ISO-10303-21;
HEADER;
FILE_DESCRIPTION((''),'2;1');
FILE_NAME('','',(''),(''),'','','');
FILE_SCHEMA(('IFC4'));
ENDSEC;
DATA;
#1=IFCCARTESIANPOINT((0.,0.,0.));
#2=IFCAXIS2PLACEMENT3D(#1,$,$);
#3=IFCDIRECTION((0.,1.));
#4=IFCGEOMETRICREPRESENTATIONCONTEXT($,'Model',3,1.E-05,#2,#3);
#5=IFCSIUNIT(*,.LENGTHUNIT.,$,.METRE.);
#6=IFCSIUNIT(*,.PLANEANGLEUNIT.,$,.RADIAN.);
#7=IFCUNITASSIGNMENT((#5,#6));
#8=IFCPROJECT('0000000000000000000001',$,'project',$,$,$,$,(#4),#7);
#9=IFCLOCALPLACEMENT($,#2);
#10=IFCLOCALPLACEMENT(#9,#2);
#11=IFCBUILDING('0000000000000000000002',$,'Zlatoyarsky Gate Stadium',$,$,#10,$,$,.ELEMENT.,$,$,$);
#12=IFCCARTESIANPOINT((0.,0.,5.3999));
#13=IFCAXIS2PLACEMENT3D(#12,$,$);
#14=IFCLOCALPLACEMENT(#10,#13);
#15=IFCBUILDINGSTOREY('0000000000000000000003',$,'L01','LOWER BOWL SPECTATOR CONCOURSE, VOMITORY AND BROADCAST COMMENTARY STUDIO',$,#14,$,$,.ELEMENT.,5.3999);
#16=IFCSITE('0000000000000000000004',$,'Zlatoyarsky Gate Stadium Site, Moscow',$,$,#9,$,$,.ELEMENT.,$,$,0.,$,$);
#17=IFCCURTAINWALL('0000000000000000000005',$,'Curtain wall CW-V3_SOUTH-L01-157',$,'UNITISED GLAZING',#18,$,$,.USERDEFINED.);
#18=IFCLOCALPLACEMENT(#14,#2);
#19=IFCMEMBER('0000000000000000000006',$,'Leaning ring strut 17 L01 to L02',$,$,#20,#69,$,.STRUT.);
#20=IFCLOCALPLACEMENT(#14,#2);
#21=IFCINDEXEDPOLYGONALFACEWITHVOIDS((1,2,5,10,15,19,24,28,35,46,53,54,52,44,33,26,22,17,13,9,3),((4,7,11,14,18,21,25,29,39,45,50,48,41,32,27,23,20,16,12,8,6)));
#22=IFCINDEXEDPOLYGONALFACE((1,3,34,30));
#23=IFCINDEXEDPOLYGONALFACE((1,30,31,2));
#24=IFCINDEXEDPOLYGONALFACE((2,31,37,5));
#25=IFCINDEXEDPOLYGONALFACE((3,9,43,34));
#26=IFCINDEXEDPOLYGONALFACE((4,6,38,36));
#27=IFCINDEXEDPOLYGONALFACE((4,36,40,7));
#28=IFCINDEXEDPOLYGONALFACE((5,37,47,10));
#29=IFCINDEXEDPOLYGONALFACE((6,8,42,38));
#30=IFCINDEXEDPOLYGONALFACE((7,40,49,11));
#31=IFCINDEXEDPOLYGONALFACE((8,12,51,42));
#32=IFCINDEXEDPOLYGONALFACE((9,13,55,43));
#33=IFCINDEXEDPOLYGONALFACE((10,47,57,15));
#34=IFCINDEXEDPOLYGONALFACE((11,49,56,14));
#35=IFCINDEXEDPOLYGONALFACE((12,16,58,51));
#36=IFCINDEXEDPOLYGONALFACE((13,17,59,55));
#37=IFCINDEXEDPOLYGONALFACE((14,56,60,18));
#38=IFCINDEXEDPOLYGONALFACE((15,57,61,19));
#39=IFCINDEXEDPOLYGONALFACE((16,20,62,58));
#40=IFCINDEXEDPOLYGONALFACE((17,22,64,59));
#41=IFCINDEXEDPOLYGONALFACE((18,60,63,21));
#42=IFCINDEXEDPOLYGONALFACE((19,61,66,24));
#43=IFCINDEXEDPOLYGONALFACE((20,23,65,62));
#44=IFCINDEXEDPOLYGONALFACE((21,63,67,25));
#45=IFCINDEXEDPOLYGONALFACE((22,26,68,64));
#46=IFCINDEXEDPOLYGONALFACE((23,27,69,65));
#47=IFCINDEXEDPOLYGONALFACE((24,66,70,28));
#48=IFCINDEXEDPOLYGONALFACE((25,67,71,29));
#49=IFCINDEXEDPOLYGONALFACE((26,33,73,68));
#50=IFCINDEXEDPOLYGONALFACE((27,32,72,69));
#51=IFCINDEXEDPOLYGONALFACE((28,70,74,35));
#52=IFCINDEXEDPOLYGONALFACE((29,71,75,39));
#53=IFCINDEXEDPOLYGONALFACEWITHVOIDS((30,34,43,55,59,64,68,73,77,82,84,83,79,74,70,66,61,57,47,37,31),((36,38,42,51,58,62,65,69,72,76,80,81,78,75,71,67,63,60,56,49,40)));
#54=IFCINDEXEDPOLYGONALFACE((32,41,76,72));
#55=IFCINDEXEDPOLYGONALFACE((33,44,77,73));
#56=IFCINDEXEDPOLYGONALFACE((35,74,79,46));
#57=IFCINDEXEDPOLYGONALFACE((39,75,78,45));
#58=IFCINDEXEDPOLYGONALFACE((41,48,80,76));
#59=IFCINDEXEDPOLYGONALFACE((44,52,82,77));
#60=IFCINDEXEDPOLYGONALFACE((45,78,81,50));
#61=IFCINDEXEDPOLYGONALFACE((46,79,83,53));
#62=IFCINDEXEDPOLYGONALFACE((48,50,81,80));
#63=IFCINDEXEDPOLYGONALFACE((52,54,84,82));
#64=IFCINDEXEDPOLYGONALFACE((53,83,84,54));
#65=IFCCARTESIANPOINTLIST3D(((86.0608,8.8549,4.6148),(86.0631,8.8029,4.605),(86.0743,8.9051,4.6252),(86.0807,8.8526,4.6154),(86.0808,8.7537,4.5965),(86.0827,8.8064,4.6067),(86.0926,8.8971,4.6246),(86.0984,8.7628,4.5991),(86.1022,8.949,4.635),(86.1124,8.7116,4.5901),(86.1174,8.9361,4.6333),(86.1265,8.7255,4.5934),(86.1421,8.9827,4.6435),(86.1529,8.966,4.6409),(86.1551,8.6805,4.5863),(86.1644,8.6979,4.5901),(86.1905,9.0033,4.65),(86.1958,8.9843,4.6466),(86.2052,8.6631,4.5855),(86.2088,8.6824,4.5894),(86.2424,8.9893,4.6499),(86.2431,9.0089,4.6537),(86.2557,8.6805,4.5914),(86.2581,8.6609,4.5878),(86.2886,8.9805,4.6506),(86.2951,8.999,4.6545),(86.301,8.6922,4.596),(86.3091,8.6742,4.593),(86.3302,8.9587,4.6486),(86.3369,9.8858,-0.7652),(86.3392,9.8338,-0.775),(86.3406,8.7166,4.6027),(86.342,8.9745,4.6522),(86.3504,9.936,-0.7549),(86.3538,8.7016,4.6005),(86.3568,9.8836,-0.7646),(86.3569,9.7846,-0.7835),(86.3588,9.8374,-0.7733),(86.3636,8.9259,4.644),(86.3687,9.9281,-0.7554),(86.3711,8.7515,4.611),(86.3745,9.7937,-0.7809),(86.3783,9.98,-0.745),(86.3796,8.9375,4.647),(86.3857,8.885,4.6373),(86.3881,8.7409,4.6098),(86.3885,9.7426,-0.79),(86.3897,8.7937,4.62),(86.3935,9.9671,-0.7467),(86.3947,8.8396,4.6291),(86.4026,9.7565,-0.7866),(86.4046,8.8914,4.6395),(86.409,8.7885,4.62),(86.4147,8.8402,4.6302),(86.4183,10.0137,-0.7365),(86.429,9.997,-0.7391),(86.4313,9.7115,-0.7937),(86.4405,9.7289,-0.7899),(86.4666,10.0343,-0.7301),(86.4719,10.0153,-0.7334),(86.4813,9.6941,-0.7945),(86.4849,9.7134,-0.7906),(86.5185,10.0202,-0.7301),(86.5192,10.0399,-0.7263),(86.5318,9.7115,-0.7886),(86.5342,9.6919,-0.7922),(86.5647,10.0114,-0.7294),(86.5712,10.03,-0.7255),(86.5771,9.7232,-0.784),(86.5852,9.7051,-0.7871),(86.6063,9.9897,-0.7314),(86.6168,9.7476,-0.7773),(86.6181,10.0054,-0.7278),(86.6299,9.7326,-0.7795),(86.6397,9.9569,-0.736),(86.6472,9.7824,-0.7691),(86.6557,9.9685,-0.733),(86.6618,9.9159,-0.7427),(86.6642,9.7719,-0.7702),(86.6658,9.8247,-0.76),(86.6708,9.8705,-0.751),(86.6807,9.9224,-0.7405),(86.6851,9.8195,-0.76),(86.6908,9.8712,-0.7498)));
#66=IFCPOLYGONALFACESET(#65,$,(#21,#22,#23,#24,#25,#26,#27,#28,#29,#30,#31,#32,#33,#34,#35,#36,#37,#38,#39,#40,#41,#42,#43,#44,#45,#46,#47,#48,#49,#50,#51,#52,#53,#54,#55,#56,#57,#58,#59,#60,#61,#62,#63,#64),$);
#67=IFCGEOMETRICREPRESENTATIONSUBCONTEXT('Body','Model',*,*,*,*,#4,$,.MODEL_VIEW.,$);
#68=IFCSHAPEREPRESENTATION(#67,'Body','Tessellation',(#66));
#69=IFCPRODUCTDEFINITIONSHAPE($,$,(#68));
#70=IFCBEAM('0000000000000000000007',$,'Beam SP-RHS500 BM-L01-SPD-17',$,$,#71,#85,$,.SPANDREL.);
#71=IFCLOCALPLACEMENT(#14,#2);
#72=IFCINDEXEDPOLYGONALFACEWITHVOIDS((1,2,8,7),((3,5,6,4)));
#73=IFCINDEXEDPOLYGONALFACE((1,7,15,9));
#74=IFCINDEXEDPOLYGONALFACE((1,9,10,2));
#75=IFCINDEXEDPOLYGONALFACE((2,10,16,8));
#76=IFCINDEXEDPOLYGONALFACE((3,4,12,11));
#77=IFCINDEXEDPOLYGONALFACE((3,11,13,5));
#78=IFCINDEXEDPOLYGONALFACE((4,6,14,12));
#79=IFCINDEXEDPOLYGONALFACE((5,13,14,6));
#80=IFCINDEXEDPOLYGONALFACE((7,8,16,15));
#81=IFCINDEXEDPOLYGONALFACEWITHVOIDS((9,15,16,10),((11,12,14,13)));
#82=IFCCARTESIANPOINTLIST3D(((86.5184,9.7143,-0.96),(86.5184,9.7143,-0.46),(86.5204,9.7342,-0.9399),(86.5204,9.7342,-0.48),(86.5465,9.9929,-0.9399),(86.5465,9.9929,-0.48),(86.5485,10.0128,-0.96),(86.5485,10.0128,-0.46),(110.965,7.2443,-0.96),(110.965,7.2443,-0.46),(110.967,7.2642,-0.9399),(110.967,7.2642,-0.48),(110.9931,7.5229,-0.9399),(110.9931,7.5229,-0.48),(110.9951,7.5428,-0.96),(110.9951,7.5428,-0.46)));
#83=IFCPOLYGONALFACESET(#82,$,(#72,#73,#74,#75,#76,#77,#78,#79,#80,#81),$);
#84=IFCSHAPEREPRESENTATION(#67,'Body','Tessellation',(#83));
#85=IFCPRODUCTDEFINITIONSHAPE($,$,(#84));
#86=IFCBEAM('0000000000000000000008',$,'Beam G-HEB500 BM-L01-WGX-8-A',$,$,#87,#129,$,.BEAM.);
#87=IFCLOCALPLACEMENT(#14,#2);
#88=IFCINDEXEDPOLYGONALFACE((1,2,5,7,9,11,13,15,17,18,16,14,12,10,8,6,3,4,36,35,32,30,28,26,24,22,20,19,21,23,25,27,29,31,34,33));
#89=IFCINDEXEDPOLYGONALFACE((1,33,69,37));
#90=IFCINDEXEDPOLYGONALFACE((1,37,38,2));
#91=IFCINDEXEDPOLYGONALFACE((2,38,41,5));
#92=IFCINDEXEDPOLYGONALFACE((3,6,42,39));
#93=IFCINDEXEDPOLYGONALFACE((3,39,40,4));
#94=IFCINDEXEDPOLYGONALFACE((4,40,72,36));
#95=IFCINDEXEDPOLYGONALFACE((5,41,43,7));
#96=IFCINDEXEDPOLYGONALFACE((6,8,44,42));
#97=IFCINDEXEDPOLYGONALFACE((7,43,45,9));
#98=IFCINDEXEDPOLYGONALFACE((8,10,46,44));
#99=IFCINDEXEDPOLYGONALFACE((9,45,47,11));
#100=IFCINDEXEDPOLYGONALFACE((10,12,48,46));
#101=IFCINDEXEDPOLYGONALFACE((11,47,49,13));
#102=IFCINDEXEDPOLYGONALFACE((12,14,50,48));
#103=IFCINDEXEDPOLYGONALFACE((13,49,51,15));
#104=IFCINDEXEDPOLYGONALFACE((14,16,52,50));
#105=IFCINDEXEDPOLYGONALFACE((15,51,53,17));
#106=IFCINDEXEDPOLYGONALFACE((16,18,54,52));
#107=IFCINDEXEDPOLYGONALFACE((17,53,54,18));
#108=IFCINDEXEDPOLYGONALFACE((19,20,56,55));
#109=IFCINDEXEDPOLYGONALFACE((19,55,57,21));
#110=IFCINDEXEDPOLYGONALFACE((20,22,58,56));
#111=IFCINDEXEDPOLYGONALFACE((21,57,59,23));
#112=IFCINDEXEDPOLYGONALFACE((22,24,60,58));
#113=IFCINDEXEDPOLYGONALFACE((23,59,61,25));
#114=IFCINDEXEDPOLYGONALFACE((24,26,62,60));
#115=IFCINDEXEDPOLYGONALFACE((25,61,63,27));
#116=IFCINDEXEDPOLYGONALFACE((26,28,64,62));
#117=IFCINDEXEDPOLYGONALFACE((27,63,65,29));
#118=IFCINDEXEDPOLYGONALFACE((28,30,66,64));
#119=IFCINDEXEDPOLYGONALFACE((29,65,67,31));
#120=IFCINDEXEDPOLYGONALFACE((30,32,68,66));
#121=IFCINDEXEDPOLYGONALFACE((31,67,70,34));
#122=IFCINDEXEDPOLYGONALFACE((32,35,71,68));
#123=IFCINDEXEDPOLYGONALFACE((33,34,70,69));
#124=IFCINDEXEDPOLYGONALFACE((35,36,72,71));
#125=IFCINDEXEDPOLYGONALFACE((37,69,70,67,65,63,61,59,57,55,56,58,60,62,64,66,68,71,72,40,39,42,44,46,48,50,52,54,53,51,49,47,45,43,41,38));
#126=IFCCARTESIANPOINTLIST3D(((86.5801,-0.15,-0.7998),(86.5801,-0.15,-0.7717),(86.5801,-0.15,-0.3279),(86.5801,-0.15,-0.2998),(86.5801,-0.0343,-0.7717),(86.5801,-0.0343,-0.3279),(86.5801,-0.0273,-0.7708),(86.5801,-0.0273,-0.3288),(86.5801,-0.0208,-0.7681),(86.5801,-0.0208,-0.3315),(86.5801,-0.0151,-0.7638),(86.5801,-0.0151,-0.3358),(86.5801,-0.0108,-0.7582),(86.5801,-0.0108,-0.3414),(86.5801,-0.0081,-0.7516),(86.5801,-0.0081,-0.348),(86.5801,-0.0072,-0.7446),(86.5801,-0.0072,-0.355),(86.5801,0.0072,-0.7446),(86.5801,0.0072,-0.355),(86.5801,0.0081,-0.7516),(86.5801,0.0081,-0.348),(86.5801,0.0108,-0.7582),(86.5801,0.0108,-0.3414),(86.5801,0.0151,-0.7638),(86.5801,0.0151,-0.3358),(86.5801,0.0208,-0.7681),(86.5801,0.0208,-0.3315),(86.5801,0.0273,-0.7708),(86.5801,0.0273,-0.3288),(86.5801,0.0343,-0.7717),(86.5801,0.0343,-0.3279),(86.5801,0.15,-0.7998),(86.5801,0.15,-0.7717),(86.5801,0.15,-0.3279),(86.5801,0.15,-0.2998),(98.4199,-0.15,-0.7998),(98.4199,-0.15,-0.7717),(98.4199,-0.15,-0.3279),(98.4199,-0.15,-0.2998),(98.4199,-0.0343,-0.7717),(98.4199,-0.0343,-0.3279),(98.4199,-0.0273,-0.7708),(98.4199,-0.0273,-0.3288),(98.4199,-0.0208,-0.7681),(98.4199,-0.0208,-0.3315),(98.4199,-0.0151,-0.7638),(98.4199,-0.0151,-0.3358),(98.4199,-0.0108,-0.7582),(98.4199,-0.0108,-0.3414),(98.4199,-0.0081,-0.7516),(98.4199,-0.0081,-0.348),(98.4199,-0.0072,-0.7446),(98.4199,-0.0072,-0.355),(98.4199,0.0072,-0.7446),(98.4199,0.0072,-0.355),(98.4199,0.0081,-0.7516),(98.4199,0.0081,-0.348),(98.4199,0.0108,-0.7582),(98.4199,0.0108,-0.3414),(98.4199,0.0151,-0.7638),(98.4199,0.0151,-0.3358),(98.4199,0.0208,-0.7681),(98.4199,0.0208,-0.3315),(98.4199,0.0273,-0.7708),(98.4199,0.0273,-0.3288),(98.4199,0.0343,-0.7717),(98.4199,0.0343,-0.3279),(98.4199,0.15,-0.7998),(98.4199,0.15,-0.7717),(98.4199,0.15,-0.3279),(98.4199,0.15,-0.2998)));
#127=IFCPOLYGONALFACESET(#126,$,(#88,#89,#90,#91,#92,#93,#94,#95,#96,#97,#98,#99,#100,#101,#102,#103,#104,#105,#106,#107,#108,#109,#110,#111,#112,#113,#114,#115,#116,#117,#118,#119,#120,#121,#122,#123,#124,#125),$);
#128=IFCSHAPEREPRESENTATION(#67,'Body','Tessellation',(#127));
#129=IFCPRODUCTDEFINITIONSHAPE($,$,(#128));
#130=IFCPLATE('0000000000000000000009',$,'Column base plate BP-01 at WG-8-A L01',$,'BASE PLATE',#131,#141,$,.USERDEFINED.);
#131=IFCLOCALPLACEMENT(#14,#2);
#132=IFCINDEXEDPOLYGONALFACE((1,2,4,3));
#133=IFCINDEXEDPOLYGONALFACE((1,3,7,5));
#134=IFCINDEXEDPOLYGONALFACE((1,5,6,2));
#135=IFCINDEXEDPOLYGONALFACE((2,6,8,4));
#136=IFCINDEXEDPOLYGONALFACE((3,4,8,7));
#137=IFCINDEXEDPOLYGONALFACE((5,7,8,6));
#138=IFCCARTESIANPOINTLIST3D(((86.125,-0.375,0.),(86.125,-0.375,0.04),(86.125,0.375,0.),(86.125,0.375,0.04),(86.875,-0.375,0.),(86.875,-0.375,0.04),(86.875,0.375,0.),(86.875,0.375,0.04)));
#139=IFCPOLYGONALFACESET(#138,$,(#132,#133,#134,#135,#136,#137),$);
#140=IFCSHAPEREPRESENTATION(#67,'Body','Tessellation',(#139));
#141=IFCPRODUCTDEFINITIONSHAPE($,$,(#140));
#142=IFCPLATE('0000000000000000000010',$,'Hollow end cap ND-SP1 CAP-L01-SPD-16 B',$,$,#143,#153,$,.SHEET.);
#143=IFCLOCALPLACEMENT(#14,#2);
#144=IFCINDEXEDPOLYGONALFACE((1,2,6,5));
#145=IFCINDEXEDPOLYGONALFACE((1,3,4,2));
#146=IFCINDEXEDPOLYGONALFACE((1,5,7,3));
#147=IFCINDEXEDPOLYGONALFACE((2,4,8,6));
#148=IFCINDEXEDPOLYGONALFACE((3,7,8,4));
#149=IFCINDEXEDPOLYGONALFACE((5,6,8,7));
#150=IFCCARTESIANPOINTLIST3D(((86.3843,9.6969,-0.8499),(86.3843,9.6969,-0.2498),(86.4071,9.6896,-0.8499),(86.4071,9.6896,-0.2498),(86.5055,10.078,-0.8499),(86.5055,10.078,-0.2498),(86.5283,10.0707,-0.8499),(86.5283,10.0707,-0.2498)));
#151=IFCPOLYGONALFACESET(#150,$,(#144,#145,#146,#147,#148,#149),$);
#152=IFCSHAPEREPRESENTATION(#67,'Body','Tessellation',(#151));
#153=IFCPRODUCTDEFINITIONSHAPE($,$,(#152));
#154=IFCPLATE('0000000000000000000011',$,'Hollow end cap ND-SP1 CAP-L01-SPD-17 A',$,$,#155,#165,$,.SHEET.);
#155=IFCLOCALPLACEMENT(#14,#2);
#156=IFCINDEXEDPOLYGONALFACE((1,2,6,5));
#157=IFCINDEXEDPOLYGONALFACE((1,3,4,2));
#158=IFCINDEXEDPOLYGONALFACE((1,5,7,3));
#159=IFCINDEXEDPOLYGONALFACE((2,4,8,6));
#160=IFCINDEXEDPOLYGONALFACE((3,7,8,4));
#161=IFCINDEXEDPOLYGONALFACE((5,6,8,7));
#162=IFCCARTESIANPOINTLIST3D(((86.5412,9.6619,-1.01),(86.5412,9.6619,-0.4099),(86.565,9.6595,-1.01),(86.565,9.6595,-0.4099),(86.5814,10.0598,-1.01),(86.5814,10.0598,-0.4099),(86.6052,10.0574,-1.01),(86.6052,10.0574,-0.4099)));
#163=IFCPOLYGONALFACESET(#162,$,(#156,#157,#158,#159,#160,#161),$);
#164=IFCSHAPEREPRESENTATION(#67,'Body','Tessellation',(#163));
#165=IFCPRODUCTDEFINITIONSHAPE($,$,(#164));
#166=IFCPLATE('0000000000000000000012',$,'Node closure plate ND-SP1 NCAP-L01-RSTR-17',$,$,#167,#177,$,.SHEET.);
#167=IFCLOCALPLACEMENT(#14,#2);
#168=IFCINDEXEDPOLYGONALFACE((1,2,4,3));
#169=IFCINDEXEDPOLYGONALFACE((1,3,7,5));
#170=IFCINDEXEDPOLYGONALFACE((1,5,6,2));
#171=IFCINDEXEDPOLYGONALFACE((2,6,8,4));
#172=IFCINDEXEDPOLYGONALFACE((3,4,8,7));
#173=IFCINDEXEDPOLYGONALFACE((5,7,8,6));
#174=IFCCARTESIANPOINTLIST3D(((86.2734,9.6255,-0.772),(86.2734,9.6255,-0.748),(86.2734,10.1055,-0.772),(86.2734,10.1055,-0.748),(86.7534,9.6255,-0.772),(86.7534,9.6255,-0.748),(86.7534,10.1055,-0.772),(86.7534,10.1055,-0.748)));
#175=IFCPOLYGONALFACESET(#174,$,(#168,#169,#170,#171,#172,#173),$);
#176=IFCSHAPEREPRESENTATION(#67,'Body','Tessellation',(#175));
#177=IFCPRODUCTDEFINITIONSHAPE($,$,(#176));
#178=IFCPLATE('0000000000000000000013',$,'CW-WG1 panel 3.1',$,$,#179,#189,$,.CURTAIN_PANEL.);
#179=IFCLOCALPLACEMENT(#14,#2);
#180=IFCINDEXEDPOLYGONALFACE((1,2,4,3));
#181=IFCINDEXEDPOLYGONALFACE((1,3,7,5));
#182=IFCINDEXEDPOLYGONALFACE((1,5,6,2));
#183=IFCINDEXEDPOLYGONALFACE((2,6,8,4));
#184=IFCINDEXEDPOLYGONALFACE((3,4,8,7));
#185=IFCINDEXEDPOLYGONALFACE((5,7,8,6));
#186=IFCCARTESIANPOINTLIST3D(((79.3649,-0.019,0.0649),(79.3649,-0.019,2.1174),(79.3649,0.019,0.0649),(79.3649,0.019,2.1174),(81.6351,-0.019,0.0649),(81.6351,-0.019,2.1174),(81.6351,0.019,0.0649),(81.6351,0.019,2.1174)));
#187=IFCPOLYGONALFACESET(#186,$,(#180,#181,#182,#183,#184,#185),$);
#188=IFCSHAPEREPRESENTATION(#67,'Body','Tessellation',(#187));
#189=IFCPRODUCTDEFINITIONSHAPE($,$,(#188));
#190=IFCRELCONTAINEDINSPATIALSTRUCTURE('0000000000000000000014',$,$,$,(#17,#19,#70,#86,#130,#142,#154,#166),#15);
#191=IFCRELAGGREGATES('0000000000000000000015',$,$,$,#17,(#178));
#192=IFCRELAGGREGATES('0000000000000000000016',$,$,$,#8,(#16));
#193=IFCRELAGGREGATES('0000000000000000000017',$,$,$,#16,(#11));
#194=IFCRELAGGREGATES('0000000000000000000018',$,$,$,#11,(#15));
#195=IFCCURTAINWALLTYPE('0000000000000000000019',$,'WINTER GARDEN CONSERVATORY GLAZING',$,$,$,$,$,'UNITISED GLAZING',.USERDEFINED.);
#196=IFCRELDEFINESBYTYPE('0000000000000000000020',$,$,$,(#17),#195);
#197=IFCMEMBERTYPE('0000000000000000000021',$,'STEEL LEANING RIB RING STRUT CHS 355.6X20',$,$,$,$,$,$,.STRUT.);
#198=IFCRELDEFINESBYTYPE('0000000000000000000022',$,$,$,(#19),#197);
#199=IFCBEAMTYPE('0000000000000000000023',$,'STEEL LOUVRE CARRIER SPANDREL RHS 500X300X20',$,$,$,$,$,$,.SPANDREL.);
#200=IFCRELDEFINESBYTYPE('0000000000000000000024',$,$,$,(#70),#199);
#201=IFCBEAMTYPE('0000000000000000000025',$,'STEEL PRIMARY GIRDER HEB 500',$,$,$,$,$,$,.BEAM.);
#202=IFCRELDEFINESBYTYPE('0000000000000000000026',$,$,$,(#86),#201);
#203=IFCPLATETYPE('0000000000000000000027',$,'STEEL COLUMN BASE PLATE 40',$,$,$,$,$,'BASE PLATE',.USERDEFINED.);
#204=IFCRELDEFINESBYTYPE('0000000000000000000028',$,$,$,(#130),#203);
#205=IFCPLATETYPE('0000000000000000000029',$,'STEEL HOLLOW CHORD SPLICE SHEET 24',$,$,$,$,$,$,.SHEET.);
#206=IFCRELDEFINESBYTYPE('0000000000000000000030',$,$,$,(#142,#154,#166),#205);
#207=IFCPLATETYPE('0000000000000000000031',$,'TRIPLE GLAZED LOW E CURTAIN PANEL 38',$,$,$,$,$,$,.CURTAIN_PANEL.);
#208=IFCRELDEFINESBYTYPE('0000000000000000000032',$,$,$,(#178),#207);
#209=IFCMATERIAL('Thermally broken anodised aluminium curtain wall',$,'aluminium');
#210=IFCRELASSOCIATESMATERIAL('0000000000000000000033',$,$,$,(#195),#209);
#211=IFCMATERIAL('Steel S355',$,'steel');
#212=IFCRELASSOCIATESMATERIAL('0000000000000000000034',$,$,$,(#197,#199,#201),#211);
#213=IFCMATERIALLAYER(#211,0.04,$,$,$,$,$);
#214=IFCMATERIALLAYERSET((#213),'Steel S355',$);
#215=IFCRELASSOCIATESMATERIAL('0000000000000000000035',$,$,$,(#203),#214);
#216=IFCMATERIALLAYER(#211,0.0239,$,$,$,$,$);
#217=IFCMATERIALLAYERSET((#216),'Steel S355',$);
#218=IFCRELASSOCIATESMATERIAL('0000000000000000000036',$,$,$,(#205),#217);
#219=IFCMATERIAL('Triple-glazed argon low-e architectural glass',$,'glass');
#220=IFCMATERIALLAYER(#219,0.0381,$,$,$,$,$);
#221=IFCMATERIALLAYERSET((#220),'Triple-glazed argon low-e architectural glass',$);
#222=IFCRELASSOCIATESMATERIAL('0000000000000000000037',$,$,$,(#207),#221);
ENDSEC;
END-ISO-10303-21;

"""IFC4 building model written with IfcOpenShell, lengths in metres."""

from ifc_helpers import new_model, si_unit, direction, frame, origin, origin_2d, place, context, subcontext, project, spatial, rectangle, hollow_rectangle, hollow_circle, i_section, extrude, material, layer, layer_set, material_profile, profile_set, type_object, element, aggregate, save


model = new_model("IFC4")

# Units and contexts
model_context = context("Model", 3, precision=1e-05, world=origin(), true_north=direction((0.0, 1.0)))
body_context = subcontext(model_context, "Body", "Model", "MODEL_VIEW")
ifc_project = project(units=[si_unit("LENGTHUNIT", "METRE"), si_unit("PLANEANGLEUNIT", "RADIAN")], contexts=[model_context])

# Site, building, storey
site_placement = place(None, origin())
site = spatial("IfcSite", under=ifc_project, at=site_placement, Name="Zlatoyarsky Gate Stadium Site, Moscow", CompositionType="ELEMENT", RefElevation=0.0)
building_placement = place(site_placement, origin())
building = spatial("IfcBuilding", under=site, at=building_placement, Name="Zlatoyarsky Gate Stadium", CompositionType="ELEMENT")
storey_placement = place(building_placement, frame((0.0, 0.0, 5.3999)))
storey = spatial("IfcBuildingStorey", under=building, at=storey_placement, Name="L01", Description="LOWER BOWL SPECTATOR CONCOURSE, VOMITORY AND BROADCAST COMMENTARY STUDIO", CompositionType="ELEMENT", Elevation=5.3999)

# Shared definitions
ifc_material_1 = material(Name="Steel S355", Category="steel")

# Curtain wall
ifc_material_2 = material(Name="Thermally broken anodised aluminium curtain wall", Category="aluminium")
curtain_wall_type_1 = type_object("IfcCurtainWallType", Name="WINTER GARDEN CONSERVATORY GLAZING", ElementType="UNITISED GLAZING", PredefinedType="USERDEFINED", material=ifc_material_2)
curtain_wall_1_placement = place(storey_placement, origin())
curtain_wall_1 = element("IfcCurtainWall", 1, at=curtain_wall_1_placement, inside=storey, type_object=curtain_wall_type_1, Name="Curtain wall CW-V3_SOUTH-L01-157", ObjectType="UNITISED GLAZING", PredefinedType="USERDEFINED")

# Member
ifc_material_profile_1 = material_profile(ifc_material_1, hollow_circle(Radius=0.1777, WallThickness=0.02, at=origin_2d()), Name="CHS 355.6X20")
ifc_profile_set_1 = profile_set([ifc_material_profile_1], Name="Steel S355")
member_type_1 = type_object("IfcMemberType", Name="STEEL LEANING RIB RING STRUT CHS 355.6X20", PredefinedType="STRUT", material=ifc_profile_set_1)
member_1_placement = place(storey_placement, frame((86.5134, 9.8655, -0.76), z_axis=(-0.050342, -0.187969, 0.980884), x_axis=(0.965957, -0.258702, 0.0)))
element("IfcMember", 2, at=member_1_placement, inside=storey, type_object=member_type_1, Name="Leaning ring strut 17 L01 to L02", PredefinedType="STRUT", context=body_context, shape_type="SweptSolid", body=[
    extrude(hollow_circle(Radius=0.1777, WallThickness=0.02, at=origin_2d()), origin(), (0.0, 0.0, 1.0), 5.4849),
])

# Beams
ifc_material_profile_2 = material_profile(ifc_material_1, hollow_rectangle(XDim=0.3, YDim=0.5, WallThickness=0.02, at=origin_2d()), Name="RHS 500X300X20")
ifc_profile_set_2 = profile_set([ifc_material_profile_2], Name="Steel S355")
beam_type_1 = type_object("IfcBeamType", Name="STEEL LOUVRE CARRIER SPANDREL RHS 500X300X20", PredefinedType="SPANDREL", material=ifc_profile_set_2)
beam_1_placement = place(storey_placement, frame((86.5334, 9.8635, -0.71), z_axis=(0.994935, -0.100524, 0.0), x_axis=(0.100524, 0.994935, 0.0)))
element("IfcBeam", 3, at=beam_1_placement, inside=storey, type_object=beam_type_1, Name="Beam SP-RHS500 BM-L01-SPD-17", PredefinedType="SPANDREL", context=body_context, shape_type="SweptSolid", body=[
    extrude(hollow_rectangle(XDim=0.3, YDim=0.5, WallThickness=0.02, at=origin_2d()), origin(), (0.0, 0.0, 1.0), 24.571),
])
ifc_material_profile_3 = material_profile(ifc_material_1, i_section(OverallWidth=0.3, OverallDepth=0.5, WebThickness=0.0144, FlangeThickness=0.0281, FilletRadius=0.0271, at=origin_2d()), Name="HEB 500")
ifc_profile_set_3 = profile_set([ifc_material_profile_3], Name="Steel S355")
beam_type_2 = type_object("IfcBeamType", Name="STEEL PRIMARY GIRDER HEB 500", PredefinedType="BEAM", material=ifc_profile_set_3)
beam_2_placement = place(storey_placement, frame((86.5801, 0.0, -0.5498), z_axis=(1.0, 0.0, 0.0), x_axis=(0.0, 1.0, 0.0)))
element("IfcBeam", 4, at=beam_2_placement, inside=storey, type_object=beam_type_2, Name="Beam G-HEB500 BM-L01-WGX-8-A", PredefinedType="BEAM", context=body_context, shape_type="SweptSolid", body=[
    extrude(i_section(OverallWidth=0.3, OverallDepth=0.5, WebThickness=0.0144, FlangeThickness=0.0281, FilletRadius=0.0271, at=origin_2d()), origin(), (0.0, 0.0, 1.0), 11.8398),
])

# Plates
ifc_layer_1 = layer(ifc_material_1, 0.04)
ifc_layer_set_1 = layer_set([ifc_layer_1], Name="Steel S355")
plate_type_1 = type_object("IfcPlateType", Name="STEEL COLUMN BASE PLATE 40", ElementType="BASE PLATE", PredefinedType="USERDEFINED", material=ifc_layer_set_1)
plate_1_placement = place(storey_placement, frame((86.5, 0.0, 0.0), z_axis=(0.0, 0.0, 1.0), x_axis=(1.0, 0.0, 0.0)))
element("IfcPlate", 5, at=plate_1_placement, inside=storey, type_object=plate_type_1, Name="Column base plate BP-01 at WG-8-A L01", ObjectType="BASE PLATE", PredefinedType="USERDEFINED", context=body_context, shape_type="SweptSolid", body=[
    extrude(rectangle(XDim=0.75, YDim=0.75, at=origin_2d()), origin(), (0.0, 0.0, 1.0), 0.04),
])
ifc_layer_2 = layer(ifc_material_1, 0.0239)
ifc_layer_set_2 = layer_set([ifc_layer_2], Name="Steel S355")
plate_type_2 = type_object("IfcPlateType", Name="STEEL HOLLOW CHORD SPLICE SHEET 24", PredefinedType="SHEET", material=ifc_layer_set_2)
for number, where, z_axis, x_axis, name in (
    (6, (86.4563, 9.8838, -0.8499), (0.0, 0.0, 1.0), (0.953006, -0.302953, 0.0), "Hollow end cap ND-SP1 CAP-L01-SPD-16 B"),
    (7, (86.5732, 9.8596, -1.01), (0.0, 0.0, 1.0), (0.994934, -0.100528, 0.0), "Hollow end cap ND-SP1 CAP-L01-SPD-17 A"),
):
    element("IfcPlate", number, at=place(storey_placement, frame(where, z_axis=z_axis, x_axis=x_axis)), inside=storey, type_object=plate_type_2, Name=name, PredefinedType="SHEET", context=body_context, shape_type="SweptSolid", body=[
        extrude(rectangle(XDim=0.0239, YDim=0.3999, at=origin_2d()), origin(), (0.0, 0.0, 1.0), 0.6001),
    ])
plate_2_placement = place(storey_placement, frame((86.5134, 9.8655, -0.772), z_axis=(0.0, 0.0, 1.0), x_axis=(1.0, 0.0, 0.0)))
element("IfcPlate", 8, at=plate_2_placement, inside=storey, type_object=plate_type_2, Name="Node closure plate ND-SP1 NCAP-L01-RSTR-17", PredefinedType="SHEET", context=body_context, shape_type="SweptSolid", body=[
    extrude(rectangle(XDim=0.48, YDim=0.48, at=origin_2d()), origin(), (0.0, 0.0, 1.0), 0.0239),
])

# Plate
ifc_material_3 = material(Name="Triple-glazed argon low-e architectural glass", Category="glass")
ifc_layer_3 = layer(ifc_material_3, 0.0381)
ifc_layer_set_3 = layer_set([ifc_layer_3], Name="Triple-glazed argon low-e architectural glass")
plate_type_3 = type_object("IfcPlateType", Name="TRIPLE GLAZED LOW E CURTAIN PANEL 38", PredefinedType="CURTAIN_PANEL", material=ifc_layer_set_3)
plate_3_placement = place(storey_placement, frame((80.5, 0.0, 0.0649), z_axis=(0.0, 0.0, 1.0), x_axis=(1.0, 0.0, 0.0)))
plate_3 = element("IfcPlate", 9, at=plate_3_placement, type_object=plate_type_3, Name="CW-WG1 panel 3.1", PredefinedType="CURTAIN_PANEL", context=body_context, shape_type="SweptSolid", body=[
    extrude(rectangle(XDim=2.2703, YDim=0.0381, at=origin_2d()), origin(), (0.0, 0.0, 1.0), 2.0525),
])
aggregate(curtain_wall_1, [plate_3])

save(model, "model.ifc")
